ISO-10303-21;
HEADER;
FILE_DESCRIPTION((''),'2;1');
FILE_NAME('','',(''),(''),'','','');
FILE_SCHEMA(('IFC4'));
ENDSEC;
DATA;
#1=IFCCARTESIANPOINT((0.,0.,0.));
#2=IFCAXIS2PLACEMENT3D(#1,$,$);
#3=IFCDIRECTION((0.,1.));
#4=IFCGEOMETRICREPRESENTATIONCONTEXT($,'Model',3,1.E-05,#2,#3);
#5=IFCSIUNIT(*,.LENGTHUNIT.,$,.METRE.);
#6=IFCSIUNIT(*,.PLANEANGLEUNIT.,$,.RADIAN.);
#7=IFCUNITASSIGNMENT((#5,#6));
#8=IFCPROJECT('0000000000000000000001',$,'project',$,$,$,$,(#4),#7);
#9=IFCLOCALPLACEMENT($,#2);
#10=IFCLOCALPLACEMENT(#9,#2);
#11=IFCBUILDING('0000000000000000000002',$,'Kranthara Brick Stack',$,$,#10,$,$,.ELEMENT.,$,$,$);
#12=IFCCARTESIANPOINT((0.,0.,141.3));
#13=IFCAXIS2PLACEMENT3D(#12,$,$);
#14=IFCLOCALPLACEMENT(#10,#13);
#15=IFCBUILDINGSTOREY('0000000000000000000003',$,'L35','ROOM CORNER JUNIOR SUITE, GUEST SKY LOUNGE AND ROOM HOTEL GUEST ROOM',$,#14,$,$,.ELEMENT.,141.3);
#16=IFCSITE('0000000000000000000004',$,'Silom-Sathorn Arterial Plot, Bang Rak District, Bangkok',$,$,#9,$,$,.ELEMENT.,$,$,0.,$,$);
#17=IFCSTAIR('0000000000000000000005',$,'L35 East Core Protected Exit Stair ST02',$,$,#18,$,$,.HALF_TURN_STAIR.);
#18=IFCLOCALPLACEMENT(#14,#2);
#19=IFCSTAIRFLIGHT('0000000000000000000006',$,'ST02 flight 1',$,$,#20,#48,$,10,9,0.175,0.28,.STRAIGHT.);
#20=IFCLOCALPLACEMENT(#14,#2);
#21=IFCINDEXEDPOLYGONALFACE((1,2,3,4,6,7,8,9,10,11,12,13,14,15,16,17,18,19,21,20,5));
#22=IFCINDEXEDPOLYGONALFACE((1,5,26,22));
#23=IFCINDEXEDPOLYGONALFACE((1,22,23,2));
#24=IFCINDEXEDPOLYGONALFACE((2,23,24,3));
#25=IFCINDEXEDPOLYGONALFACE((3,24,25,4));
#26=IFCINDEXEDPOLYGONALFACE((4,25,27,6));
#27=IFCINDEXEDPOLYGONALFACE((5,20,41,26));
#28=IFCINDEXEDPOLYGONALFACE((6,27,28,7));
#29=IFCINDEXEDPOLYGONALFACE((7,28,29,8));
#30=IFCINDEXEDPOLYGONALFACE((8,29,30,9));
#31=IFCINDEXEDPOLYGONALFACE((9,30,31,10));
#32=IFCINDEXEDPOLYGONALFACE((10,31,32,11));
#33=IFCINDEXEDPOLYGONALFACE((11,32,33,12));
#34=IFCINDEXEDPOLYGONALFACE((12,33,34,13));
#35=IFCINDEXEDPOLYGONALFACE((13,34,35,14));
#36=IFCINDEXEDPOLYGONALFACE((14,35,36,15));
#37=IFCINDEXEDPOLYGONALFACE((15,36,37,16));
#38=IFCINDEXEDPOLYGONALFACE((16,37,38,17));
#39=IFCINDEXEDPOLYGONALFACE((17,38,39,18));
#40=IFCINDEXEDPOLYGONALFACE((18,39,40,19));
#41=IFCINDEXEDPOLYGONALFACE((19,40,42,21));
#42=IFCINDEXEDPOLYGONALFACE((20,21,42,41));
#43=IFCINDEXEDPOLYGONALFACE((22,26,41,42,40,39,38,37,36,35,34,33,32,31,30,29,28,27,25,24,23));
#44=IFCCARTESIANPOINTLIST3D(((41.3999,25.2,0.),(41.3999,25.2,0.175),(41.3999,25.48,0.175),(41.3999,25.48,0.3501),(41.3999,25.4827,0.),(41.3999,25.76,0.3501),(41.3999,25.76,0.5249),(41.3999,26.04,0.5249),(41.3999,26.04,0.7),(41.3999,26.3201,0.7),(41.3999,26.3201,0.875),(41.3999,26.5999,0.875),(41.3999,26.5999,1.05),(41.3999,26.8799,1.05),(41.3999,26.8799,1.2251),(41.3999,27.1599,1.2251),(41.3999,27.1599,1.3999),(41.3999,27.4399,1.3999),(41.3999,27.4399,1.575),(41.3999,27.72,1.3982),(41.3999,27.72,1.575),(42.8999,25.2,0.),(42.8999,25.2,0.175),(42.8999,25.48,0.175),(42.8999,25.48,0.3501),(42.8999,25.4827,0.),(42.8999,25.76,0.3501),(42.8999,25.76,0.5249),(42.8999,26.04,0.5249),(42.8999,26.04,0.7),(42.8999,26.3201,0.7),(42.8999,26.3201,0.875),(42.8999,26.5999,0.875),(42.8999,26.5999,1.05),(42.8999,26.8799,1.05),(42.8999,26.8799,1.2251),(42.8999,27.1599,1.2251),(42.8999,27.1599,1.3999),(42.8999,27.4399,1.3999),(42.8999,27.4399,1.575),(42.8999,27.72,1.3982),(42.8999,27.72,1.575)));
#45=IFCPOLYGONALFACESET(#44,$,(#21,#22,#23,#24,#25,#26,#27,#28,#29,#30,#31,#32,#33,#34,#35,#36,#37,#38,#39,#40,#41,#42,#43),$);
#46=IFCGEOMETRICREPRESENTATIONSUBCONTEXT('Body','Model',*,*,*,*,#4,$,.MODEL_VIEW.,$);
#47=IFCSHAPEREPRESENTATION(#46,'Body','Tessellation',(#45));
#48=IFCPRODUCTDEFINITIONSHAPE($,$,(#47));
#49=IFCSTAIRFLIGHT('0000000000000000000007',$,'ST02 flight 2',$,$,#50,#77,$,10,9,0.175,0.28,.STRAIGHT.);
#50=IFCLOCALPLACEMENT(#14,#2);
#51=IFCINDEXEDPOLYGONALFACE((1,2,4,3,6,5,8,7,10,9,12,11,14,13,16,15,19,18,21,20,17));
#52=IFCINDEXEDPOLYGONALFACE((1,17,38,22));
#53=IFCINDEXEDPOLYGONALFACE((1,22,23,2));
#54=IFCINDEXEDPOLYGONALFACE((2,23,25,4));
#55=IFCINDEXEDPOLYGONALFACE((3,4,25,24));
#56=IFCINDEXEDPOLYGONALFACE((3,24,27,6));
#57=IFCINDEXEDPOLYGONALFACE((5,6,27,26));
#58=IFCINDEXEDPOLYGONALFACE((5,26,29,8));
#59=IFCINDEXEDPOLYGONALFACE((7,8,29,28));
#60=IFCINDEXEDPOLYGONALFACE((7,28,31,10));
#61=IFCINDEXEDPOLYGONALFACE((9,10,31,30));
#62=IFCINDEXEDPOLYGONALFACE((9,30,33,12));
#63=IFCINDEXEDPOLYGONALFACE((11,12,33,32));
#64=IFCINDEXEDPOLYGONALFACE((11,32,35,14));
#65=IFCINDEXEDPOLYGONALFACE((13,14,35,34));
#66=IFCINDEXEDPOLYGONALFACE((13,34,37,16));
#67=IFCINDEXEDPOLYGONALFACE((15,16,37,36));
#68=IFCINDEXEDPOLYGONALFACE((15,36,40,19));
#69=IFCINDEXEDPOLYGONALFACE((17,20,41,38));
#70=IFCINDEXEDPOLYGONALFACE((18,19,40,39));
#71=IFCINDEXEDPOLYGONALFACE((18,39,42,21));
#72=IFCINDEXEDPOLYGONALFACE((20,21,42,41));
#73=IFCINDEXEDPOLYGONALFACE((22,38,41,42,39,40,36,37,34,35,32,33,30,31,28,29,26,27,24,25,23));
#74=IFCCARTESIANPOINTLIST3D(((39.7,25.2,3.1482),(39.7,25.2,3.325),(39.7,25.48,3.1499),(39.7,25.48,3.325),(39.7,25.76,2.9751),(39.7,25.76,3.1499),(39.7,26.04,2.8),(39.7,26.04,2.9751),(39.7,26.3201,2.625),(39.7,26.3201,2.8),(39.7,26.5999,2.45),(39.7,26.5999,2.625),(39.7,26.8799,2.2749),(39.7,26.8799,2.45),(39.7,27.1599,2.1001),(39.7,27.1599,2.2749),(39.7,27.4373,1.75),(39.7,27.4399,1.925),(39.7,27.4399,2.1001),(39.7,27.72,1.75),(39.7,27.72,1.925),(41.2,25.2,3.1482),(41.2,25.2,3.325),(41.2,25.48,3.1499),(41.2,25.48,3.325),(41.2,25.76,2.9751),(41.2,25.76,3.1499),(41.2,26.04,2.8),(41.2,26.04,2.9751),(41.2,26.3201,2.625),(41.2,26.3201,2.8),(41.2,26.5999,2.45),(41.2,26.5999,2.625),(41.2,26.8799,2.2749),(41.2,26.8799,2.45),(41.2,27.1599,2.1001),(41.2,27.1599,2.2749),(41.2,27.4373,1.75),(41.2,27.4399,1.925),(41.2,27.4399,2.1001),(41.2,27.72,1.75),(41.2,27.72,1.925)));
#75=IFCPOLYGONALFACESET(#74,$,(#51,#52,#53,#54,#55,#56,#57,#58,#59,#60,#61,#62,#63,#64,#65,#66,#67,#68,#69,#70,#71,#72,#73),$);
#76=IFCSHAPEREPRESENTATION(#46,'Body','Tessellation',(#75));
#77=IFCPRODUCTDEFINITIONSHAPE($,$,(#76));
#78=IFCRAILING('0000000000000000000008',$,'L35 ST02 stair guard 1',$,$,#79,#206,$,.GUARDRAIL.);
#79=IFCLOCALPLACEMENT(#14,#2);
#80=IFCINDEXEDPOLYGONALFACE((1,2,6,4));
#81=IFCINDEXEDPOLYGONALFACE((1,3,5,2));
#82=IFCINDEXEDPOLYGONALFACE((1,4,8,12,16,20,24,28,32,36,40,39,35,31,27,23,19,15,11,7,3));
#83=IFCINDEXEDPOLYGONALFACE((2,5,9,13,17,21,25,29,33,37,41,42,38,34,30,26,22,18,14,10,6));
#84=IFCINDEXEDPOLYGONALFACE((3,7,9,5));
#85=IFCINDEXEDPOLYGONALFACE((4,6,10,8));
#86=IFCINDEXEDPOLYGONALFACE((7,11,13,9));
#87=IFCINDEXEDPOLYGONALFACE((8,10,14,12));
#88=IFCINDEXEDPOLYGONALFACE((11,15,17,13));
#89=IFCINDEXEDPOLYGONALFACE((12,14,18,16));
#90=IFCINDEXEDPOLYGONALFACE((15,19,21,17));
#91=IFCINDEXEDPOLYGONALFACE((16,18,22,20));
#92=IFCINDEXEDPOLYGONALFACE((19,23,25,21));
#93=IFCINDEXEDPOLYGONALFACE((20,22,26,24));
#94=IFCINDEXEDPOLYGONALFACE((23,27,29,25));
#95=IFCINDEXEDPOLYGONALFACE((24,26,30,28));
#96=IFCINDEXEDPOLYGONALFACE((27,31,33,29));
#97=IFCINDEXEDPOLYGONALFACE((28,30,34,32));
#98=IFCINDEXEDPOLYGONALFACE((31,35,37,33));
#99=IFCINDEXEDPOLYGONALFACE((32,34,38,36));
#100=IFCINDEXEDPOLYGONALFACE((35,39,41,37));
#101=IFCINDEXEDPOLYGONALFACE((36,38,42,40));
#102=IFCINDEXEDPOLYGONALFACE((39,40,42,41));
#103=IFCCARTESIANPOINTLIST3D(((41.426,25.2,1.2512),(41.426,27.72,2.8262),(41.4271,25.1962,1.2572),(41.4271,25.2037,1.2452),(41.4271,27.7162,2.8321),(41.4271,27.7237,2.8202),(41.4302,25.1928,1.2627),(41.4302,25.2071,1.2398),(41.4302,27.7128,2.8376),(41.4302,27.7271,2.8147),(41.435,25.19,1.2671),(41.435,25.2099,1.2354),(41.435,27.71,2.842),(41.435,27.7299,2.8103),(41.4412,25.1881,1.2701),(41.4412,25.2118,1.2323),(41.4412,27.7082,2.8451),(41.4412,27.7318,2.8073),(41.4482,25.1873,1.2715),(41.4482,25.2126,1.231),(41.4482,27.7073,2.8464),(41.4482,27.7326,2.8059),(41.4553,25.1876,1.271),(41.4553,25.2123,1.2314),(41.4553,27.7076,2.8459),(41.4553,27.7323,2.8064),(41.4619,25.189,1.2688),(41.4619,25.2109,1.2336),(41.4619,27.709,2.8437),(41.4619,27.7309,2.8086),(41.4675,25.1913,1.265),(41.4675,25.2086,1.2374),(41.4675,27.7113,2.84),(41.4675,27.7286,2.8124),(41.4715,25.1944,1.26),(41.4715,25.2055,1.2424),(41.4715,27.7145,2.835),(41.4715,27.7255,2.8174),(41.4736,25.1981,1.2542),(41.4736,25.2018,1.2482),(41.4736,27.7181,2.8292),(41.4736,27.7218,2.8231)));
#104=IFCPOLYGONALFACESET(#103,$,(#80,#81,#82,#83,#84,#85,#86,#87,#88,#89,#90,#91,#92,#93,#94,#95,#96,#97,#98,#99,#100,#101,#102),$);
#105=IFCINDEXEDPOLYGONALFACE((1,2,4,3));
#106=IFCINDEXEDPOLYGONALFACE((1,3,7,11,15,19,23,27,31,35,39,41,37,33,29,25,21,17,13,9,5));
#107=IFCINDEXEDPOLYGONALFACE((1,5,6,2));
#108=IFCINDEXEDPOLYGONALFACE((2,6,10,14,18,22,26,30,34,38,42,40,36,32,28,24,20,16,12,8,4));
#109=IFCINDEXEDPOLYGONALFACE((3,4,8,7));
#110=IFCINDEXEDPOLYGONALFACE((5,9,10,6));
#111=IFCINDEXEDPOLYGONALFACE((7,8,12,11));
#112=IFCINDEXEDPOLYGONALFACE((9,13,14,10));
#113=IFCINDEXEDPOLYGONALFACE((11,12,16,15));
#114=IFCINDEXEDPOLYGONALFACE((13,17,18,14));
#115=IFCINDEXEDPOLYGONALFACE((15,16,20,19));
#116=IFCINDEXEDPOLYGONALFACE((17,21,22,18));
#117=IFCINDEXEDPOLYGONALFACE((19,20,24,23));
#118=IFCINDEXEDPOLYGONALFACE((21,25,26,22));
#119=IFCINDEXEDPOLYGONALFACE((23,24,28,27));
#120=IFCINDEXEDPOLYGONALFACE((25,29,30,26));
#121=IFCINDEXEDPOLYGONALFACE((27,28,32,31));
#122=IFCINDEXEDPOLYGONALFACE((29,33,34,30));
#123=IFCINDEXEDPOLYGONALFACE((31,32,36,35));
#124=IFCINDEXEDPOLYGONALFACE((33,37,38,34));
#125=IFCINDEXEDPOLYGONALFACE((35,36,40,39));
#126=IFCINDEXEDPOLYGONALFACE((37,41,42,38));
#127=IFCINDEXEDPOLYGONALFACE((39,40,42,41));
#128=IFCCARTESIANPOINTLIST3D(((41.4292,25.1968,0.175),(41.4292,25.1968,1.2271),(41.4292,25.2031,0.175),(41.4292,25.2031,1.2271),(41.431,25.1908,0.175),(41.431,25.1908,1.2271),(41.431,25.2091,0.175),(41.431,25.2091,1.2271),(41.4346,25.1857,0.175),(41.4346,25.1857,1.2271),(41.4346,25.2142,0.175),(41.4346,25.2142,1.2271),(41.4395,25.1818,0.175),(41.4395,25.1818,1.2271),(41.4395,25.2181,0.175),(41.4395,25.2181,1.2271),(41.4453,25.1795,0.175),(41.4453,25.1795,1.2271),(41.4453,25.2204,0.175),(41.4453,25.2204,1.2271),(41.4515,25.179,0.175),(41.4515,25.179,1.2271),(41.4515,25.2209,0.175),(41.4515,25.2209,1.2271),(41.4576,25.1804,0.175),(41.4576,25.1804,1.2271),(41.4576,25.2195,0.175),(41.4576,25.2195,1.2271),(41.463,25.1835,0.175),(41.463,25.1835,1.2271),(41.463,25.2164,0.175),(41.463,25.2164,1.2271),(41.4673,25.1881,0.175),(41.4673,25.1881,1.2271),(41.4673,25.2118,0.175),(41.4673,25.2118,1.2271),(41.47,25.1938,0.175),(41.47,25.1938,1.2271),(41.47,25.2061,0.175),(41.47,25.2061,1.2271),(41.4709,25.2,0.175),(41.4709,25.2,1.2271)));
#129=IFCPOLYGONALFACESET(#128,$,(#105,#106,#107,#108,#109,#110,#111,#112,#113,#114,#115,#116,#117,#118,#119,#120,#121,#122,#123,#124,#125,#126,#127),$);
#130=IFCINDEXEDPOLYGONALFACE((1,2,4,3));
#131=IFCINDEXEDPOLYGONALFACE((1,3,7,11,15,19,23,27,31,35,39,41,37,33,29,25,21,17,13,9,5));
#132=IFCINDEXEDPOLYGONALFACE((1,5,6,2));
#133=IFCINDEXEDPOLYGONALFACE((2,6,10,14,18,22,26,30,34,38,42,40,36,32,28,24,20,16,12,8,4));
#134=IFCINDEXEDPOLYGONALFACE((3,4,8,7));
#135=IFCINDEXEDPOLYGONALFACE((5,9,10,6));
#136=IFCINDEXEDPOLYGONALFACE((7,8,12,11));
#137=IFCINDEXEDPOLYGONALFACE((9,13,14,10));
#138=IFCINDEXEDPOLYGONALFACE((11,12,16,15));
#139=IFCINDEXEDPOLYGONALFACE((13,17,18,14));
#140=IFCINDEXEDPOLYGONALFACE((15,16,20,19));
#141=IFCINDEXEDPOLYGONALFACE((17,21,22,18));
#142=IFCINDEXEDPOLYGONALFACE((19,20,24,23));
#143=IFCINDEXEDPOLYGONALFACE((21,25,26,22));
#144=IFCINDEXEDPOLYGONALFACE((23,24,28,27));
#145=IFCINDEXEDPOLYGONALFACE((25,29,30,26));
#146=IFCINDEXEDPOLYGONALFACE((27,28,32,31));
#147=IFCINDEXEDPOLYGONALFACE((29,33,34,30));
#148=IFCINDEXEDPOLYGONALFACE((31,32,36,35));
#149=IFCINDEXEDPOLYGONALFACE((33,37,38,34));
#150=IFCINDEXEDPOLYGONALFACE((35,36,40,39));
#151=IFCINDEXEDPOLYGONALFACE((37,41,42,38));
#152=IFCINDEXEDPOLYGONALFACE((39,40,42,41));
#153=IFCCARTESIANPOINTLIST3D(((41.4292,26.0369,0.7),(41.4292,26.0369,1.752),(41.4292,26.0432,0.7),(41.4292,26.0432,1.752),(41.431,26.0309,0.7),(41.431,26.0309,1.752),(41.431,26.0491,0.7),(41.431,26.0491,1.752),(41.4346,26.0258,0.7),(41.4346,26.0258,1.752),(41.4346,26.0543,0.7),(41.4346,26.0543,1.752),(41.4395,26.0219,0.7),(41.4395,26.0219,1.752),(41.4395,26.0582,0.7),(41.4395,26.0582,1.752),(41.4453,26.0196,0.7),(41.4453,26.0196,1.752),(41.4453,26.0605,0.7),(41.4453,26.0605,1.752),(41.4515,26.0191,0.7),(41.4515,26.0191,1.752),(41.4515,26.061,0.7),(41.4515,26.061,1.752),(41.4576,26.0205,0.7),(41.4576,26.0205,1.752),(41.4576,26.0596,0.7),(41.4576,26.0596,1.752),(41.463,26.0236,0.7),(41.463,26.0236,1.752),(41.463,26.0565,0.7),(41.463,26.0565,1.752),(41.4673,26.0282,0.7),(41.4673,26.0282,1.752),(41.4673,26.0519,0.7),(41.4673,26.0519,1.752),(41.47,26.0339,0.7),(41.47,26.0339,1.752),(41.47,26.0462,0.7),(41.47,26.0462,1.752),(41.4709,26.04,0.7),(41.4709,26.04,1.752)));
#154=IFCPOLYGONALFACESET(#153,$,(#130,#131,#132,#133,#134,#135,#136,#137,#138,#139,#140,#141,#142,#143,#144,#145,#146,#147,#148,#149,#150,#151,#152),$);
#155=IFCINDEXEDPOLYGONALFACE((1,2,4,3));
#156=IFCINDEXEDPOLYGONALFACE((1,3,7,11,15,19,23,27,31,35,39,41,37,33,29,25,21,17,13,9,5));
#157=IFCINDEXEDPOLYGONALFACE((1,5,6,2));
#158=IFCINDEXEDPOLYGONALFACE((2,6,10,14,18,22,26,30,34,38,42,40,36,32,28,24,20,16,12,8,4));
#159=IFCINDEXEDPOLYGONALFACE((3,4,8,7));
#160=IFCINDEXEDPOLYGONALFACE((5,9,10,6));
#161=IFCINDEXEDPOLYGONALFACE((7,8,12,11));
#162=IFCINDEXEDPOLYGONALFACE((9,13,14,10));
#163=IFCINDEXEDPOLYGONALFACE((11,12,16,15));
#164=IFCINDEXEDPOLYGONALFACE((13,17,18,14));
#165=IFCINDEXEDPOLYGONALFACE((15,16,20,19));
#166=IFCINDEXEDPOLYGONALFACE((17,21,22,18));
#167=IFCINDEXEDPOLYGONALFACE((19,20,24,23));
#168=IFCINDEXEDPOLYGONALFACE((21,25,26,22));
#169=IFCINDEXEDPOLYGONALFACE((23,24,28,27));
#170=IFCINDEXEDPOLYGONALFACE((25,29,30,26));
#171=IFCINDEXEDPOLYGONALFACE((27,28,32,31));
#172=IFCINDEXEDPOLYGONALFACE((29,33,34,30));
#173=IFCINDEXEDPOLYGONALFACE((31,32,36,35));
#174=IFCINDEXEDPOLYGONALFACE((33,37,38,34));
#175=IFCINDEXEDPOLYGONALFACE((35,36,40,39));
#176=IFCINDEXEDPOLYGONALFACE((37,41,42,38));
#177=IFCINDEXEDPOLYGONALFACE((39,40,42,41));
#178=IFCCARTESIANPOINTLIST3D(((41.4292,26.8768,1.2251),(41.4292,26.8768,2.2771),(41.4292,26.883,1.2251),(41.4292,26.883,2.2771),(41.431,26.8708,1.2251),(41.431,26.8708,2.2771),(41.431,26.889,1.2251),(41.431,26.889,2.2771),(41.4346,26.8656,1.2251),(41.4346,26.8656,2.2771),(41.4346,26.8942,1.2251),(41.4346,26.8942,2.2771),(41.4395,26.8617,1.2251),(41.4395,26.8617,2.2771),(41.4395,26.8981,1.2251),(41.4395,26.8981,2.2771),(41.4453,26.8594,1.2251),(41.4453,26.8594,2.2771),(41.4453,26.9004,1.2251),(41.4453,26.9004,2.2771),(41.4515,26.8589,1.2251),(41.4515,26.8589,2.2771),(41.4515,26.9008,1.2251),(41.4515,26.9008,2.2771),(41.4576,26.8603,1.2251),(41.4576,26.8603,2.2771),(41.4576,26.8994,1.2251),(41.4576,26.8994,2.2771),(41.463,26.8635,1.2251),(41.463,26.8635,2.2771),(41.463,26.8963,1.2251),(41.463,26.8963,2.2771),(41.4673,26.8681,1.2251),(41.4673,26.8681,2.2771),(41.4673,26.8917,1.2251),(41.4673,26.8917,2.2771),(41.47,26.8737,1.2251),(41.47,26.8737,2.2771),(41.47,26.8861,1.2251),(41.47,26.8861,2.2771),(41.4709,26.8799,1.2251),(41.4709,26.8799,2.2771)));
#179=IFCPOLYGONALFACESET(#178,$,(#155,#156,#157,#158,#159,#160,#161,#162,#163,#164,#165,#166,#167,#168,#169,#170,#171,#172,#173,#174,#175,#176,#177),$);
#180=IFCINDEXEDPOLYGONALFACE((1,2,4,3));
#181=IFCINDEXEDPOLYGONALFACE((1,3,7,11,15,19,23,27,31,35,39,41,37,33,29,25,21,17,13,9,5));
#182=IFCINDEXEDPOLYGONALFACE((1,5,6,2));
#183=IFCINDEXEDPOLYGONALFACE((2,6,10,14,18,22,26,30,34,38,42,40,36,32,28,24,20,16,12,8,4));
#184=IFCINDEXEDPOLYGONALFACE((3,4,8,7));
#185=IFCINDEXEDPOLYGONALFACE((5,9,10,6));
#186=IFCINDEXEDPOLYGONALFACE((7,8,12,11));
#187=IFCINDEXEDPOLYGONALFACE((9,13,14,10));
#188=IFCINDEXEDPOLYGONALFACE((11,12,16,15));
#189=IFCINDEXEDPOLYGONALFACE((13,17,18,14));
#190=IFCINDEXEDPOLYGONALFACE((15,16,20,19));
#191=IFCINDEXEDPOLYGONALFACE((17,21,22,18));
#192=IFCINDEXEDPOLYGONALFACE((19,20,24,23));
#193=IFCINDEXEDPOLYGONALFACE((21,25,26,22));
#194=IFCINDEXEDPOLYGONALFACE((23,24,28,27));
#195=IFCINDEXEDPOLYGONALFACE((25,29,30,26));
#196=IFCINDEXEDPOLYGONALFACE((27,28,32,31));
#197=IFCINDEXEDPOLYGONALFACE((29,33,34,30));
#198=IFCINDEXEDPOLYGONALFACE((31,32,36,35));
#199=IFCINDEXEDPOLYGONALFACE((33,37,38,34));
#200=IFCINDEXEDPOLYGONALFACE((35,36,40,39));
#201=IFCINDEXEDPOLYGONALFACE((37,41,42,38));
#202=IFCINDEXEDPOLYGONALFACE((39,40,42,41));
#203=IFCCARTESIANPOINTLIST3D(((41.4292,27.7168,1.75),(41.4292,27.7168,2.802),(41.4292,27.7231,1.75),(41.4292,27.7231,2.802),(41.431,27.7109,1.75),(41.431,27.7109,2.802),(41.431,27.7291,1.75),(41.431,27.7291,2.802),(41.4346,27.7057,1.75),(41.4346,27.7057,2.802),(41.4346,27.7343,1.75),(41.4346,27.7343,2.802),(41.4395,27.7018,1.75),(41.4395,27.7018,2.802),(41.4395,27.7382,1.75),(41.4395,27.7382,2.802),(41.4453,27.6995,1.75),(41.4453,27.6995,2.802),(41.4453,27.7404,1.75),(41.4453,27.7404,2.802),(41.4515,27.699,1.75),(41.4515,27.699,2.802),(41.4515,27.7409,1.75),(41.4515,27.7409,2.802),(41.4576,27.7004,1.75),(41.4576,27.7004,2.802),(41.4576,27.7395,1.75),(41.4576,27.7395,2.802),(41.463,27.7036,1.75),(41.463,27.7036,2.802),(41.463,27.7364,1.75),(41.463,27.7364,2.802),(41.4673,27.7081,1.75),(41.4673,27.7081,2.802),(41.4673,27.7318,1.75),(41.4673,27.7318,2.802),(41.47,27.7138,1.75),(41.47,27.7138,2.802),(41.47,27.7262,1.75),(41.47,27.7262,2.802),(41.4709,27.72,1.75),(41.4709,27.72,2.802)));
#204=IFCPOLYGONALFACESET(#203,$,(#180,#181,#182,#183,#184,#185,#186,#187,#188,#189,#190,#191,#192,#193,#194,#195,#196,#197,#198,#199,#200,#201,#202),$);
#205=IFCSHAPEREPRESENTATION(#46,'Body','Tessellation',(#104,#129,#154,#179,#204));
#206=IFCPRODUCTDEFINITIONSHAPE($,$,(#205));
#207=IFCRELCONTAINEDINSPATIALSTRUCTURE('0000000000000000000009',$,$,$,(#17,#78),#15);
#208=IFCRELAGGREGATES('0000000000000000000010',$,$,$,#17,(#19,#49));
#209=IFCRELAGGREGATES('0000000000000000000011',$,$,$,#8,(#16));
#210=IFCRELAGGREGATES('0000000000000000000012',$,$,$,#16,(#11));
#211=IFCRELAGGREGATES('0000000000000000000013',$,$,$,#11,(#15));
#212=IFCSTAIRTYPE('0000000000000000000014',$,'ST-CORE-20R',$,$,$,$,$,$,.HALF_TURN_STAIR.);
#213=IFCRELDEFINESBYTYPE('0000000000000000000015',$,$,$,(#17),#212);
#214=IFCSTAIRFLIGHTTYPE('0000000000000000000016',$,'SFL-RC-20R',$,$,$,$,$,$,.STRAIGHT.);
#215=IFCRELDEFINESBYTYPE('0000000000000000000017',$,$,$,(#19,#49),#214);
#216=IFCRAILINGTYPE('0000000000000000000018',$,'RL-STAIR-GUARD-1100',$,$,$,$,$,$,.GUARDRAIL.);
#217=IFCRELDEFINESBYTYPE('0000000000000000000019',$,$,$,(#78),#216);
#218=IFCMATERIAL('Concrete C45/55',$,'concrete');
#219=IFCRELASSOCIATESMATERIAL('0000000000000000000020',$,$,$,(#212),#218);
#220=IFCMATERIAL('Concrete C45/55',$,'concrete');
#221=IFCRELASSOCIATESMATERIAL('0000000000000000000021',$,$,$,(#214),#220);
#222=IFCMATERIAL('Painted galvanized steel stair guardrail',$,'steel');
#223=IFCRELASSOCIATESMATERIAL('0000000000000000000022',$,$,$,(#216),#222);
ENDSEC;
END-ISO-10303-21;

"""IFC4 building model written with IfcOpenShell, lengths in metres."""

from ifc_helpers import new_model, si_unit, direction, frame, origin, origin_2d, place, context, subcontext, project, spatial, polyline, circle, outline, extrude, material, type_object, element, aggregate, save


model = new_model("IFC4")

# Units and contexts
model_context = context("Model", 3, precision=1e-05, world=origin(), true_north=direction((0.0, 1.0)))
body_context = subcontext(model_context, "Body", "Model", "MODEL_VIEW")
ifc_project = project(units=[si_unit("LENGTHUNIT", "METRE"), si_unit("PLANEANGLEUNIT", "RADIAN")], contexts=[model_context])

# Site, building, storey
site_placement = place(None, origin())
site = spatial("IfcSite", under=ifc_project, at=site_placement, Name="Silom-Sathorn Arterial Plot, Bang Rak District, Bangkok", CompositionType="ELEMENT", RefElevation=0.0)
building_placement = place(site_placement, origin())
building = spatial("IfcBuilding", under=site, at=building_placement, Name="Kranthara Brick Stack", CompositionType="ELEMENT")
storey_placement = place(building_placement, frame((0.0, 0.0, 141.3)))
storey = spatial("IfcBuildingStorey", under=building, at=storey_placement, Name="L35", Description="ROOM CORNER JUNIOR SUITE, GUEST SKY LOUNGE AND ROOM HOTEL GUEST ROOM", CompositionType="ELEMENT", Elevation=141.3)

# Stair, stair flights
ifc_material_1 = material(Name="Concrete C45/55", Category="concrete")
stair_type = type_object("IfcStairType", Name="ST-CORE-20R", PredefinedType="HALF_TURN_STAIR", material=ifc_material_1)
stair_placement = place(storey_placement, origin())
stair = element("IfcStair", 1, at=stair_placement, inside=storey, type_object=stair_type, Name="L35 East Core Protected Exit Stair ST02", PredefinedType="HALF_TURN_STAIR")
ifc_material_2 = material(Name="Concrete C45/55", Category="concrete")
stair_flight_type = type_object("IfcStairFlightType", Name="SFL-RC-20R", PredefinedType="STRAIGHT", material=ifc_material_2)
stair_flight_1_placement = place(storey_placement, frame((42.1499, 25.2, 0.0), z_axis=(0.0, 0.0, 1.0), x_axis=(0.0, 1.0, 0.0)))
stair_flight_1 = element("IfcStairFlight", 2, at=stair_flight_1_placement, type_object=stair_flight_type, Name="ST02 flight 1", NumberOfRisers=10, NumberOfTreads=9, PredefinedType="STRAIGHT", RiserHeight=0.175, TreadLength=0.28, context=body_context, shape_type="SweptSolid", body=[
    extrude(outline(polyline([(0.0, 0.0), (0.0, 0.175), (0.28, 0.175), (0.28, 0.3501), (0.5601, 0.3501), (0.5601, 0.5249), (0.8401, 0.5249), (0.8401, 0.7), (1.1201, 0.7), (1.1201, 0.875), (1.3999, 0.875), (1.3999, 1.05), (1.6799, 1.05), (1.6799, 1.2251), (1.96, 1.2251), (1.96, 1.3999), (2.24, 1.3999), (2.24, 1.575), (2.52, 1.575), (2.52, 1.75), (2.52, 1.3982), (0.2827, 0.0), (0.0, 0.0)])), frame((0.0, 0.75, 0.0), z_axis=(0.0, -1.0, 0.0), x_axis=(1.0, 0.0, 0.0)), (0.0, 0.0, 1.0), 1.5),
])
stair_flight_2_placement = place(storey_placement, frame((40.45, 27.72, 1.75), z_axis=(0.0, 0.0, 1.0), x_axis=(0.0, -1.0, 0.0)))
stair_flight_2 = element("IfcStairFlight", 3, at=stair_flight_2_placement, type_object=stair_flight_type, Name="ST02 flight 2", NumberOfRisers=10, NumberOfTreads=9, PredefinedType="STRAIGHT", RiserHeight=0.175, TreadLength=0.28, context=body_context, shape_type="SweptSolid", body=[
    extrude(outline(polyline([(0.0, 0.0), (0.0, 0.175), (0.28, 0.175), (0.28, 0.3501), (0.5601, 0.3501), (0.5601, 0.5249), (0.8401, 0.5249), (0.8401, 0.7), (1.1201, 0.7), (1.1201, 0.875), (1.3999, 0.875), (1.3999, 1.05), (1.6799, 1.05), (1.6799, 1.2251), (1.96, 1.2251), (1.96, 1.3999), (2.24, 1.3999), (2.24, 1.575), (2.52, 1.575), (2.52, 1.75), (2.52, 1.3982), (0.2827, 0.0), (0.0, 0.0)])), frame((0.0, 0.75, 0.0), z_axis=(0.0, -1.0, 0.0), x_axis=(1.0, 0.0, 0.0)), (0.0, 0.0, 1.0), 1.5),
])
aggregate(stair, [stair_flight_1, stair_flight_2])

# Railing
ifc_material_3 = material(Name="Painted galvanized steel stair guardrail", Category="steel")
railing_type_1 = type_object("IfcRailingType", Name="RL-STAIR-GUARD-1100", PredefinedType="GUARDRAIL", material=ifc_material_3)
railing_1_placement = place(storey_placement, frame((41.45, 25.2, 0.175)))
element("IfcRailing", 4, at=railing_1_placement, inside=storey, type_object=railing_type_1, Name="L35 ST02 stair guard 1", PredefinedType="GUARDRAIL", context=body_context, shape_type="SweptSolid", body=[
    extrude(circle(Radius=0.0239, at=origin_2d()), frame((0.0, 0.0, 1.0762), z_axis=(0.0, 0.848008, 0.529984), x_axis=(-1.0, 0.0, 0.0)), (0.0, 0.0, 1.0), 2.9717),
    extrude(circle(Radius=0.021, at=origin_2d()), origin(), (0.0, 0.0, 1.0), 1.052),
    extrude(circle(Radius=0.021, at=origin_2d()), frame((0.0, 0.8401, 0.5249)), (0.0, 0.0, 1.0), 1.052),
    extrude(circle(Radius=0.021, at=origin_2d()), frame((0.0, 1.6799, 1.05)), (0.0, 0.0, 1.0), 1.052),
    extrude(circle(Radius=0.021, at=origin_2d()), frame((0.0, 2.52, 1.575)), (0.0, 0.0, 1.0), 1.052),
])

save(model, "model.ifc")
